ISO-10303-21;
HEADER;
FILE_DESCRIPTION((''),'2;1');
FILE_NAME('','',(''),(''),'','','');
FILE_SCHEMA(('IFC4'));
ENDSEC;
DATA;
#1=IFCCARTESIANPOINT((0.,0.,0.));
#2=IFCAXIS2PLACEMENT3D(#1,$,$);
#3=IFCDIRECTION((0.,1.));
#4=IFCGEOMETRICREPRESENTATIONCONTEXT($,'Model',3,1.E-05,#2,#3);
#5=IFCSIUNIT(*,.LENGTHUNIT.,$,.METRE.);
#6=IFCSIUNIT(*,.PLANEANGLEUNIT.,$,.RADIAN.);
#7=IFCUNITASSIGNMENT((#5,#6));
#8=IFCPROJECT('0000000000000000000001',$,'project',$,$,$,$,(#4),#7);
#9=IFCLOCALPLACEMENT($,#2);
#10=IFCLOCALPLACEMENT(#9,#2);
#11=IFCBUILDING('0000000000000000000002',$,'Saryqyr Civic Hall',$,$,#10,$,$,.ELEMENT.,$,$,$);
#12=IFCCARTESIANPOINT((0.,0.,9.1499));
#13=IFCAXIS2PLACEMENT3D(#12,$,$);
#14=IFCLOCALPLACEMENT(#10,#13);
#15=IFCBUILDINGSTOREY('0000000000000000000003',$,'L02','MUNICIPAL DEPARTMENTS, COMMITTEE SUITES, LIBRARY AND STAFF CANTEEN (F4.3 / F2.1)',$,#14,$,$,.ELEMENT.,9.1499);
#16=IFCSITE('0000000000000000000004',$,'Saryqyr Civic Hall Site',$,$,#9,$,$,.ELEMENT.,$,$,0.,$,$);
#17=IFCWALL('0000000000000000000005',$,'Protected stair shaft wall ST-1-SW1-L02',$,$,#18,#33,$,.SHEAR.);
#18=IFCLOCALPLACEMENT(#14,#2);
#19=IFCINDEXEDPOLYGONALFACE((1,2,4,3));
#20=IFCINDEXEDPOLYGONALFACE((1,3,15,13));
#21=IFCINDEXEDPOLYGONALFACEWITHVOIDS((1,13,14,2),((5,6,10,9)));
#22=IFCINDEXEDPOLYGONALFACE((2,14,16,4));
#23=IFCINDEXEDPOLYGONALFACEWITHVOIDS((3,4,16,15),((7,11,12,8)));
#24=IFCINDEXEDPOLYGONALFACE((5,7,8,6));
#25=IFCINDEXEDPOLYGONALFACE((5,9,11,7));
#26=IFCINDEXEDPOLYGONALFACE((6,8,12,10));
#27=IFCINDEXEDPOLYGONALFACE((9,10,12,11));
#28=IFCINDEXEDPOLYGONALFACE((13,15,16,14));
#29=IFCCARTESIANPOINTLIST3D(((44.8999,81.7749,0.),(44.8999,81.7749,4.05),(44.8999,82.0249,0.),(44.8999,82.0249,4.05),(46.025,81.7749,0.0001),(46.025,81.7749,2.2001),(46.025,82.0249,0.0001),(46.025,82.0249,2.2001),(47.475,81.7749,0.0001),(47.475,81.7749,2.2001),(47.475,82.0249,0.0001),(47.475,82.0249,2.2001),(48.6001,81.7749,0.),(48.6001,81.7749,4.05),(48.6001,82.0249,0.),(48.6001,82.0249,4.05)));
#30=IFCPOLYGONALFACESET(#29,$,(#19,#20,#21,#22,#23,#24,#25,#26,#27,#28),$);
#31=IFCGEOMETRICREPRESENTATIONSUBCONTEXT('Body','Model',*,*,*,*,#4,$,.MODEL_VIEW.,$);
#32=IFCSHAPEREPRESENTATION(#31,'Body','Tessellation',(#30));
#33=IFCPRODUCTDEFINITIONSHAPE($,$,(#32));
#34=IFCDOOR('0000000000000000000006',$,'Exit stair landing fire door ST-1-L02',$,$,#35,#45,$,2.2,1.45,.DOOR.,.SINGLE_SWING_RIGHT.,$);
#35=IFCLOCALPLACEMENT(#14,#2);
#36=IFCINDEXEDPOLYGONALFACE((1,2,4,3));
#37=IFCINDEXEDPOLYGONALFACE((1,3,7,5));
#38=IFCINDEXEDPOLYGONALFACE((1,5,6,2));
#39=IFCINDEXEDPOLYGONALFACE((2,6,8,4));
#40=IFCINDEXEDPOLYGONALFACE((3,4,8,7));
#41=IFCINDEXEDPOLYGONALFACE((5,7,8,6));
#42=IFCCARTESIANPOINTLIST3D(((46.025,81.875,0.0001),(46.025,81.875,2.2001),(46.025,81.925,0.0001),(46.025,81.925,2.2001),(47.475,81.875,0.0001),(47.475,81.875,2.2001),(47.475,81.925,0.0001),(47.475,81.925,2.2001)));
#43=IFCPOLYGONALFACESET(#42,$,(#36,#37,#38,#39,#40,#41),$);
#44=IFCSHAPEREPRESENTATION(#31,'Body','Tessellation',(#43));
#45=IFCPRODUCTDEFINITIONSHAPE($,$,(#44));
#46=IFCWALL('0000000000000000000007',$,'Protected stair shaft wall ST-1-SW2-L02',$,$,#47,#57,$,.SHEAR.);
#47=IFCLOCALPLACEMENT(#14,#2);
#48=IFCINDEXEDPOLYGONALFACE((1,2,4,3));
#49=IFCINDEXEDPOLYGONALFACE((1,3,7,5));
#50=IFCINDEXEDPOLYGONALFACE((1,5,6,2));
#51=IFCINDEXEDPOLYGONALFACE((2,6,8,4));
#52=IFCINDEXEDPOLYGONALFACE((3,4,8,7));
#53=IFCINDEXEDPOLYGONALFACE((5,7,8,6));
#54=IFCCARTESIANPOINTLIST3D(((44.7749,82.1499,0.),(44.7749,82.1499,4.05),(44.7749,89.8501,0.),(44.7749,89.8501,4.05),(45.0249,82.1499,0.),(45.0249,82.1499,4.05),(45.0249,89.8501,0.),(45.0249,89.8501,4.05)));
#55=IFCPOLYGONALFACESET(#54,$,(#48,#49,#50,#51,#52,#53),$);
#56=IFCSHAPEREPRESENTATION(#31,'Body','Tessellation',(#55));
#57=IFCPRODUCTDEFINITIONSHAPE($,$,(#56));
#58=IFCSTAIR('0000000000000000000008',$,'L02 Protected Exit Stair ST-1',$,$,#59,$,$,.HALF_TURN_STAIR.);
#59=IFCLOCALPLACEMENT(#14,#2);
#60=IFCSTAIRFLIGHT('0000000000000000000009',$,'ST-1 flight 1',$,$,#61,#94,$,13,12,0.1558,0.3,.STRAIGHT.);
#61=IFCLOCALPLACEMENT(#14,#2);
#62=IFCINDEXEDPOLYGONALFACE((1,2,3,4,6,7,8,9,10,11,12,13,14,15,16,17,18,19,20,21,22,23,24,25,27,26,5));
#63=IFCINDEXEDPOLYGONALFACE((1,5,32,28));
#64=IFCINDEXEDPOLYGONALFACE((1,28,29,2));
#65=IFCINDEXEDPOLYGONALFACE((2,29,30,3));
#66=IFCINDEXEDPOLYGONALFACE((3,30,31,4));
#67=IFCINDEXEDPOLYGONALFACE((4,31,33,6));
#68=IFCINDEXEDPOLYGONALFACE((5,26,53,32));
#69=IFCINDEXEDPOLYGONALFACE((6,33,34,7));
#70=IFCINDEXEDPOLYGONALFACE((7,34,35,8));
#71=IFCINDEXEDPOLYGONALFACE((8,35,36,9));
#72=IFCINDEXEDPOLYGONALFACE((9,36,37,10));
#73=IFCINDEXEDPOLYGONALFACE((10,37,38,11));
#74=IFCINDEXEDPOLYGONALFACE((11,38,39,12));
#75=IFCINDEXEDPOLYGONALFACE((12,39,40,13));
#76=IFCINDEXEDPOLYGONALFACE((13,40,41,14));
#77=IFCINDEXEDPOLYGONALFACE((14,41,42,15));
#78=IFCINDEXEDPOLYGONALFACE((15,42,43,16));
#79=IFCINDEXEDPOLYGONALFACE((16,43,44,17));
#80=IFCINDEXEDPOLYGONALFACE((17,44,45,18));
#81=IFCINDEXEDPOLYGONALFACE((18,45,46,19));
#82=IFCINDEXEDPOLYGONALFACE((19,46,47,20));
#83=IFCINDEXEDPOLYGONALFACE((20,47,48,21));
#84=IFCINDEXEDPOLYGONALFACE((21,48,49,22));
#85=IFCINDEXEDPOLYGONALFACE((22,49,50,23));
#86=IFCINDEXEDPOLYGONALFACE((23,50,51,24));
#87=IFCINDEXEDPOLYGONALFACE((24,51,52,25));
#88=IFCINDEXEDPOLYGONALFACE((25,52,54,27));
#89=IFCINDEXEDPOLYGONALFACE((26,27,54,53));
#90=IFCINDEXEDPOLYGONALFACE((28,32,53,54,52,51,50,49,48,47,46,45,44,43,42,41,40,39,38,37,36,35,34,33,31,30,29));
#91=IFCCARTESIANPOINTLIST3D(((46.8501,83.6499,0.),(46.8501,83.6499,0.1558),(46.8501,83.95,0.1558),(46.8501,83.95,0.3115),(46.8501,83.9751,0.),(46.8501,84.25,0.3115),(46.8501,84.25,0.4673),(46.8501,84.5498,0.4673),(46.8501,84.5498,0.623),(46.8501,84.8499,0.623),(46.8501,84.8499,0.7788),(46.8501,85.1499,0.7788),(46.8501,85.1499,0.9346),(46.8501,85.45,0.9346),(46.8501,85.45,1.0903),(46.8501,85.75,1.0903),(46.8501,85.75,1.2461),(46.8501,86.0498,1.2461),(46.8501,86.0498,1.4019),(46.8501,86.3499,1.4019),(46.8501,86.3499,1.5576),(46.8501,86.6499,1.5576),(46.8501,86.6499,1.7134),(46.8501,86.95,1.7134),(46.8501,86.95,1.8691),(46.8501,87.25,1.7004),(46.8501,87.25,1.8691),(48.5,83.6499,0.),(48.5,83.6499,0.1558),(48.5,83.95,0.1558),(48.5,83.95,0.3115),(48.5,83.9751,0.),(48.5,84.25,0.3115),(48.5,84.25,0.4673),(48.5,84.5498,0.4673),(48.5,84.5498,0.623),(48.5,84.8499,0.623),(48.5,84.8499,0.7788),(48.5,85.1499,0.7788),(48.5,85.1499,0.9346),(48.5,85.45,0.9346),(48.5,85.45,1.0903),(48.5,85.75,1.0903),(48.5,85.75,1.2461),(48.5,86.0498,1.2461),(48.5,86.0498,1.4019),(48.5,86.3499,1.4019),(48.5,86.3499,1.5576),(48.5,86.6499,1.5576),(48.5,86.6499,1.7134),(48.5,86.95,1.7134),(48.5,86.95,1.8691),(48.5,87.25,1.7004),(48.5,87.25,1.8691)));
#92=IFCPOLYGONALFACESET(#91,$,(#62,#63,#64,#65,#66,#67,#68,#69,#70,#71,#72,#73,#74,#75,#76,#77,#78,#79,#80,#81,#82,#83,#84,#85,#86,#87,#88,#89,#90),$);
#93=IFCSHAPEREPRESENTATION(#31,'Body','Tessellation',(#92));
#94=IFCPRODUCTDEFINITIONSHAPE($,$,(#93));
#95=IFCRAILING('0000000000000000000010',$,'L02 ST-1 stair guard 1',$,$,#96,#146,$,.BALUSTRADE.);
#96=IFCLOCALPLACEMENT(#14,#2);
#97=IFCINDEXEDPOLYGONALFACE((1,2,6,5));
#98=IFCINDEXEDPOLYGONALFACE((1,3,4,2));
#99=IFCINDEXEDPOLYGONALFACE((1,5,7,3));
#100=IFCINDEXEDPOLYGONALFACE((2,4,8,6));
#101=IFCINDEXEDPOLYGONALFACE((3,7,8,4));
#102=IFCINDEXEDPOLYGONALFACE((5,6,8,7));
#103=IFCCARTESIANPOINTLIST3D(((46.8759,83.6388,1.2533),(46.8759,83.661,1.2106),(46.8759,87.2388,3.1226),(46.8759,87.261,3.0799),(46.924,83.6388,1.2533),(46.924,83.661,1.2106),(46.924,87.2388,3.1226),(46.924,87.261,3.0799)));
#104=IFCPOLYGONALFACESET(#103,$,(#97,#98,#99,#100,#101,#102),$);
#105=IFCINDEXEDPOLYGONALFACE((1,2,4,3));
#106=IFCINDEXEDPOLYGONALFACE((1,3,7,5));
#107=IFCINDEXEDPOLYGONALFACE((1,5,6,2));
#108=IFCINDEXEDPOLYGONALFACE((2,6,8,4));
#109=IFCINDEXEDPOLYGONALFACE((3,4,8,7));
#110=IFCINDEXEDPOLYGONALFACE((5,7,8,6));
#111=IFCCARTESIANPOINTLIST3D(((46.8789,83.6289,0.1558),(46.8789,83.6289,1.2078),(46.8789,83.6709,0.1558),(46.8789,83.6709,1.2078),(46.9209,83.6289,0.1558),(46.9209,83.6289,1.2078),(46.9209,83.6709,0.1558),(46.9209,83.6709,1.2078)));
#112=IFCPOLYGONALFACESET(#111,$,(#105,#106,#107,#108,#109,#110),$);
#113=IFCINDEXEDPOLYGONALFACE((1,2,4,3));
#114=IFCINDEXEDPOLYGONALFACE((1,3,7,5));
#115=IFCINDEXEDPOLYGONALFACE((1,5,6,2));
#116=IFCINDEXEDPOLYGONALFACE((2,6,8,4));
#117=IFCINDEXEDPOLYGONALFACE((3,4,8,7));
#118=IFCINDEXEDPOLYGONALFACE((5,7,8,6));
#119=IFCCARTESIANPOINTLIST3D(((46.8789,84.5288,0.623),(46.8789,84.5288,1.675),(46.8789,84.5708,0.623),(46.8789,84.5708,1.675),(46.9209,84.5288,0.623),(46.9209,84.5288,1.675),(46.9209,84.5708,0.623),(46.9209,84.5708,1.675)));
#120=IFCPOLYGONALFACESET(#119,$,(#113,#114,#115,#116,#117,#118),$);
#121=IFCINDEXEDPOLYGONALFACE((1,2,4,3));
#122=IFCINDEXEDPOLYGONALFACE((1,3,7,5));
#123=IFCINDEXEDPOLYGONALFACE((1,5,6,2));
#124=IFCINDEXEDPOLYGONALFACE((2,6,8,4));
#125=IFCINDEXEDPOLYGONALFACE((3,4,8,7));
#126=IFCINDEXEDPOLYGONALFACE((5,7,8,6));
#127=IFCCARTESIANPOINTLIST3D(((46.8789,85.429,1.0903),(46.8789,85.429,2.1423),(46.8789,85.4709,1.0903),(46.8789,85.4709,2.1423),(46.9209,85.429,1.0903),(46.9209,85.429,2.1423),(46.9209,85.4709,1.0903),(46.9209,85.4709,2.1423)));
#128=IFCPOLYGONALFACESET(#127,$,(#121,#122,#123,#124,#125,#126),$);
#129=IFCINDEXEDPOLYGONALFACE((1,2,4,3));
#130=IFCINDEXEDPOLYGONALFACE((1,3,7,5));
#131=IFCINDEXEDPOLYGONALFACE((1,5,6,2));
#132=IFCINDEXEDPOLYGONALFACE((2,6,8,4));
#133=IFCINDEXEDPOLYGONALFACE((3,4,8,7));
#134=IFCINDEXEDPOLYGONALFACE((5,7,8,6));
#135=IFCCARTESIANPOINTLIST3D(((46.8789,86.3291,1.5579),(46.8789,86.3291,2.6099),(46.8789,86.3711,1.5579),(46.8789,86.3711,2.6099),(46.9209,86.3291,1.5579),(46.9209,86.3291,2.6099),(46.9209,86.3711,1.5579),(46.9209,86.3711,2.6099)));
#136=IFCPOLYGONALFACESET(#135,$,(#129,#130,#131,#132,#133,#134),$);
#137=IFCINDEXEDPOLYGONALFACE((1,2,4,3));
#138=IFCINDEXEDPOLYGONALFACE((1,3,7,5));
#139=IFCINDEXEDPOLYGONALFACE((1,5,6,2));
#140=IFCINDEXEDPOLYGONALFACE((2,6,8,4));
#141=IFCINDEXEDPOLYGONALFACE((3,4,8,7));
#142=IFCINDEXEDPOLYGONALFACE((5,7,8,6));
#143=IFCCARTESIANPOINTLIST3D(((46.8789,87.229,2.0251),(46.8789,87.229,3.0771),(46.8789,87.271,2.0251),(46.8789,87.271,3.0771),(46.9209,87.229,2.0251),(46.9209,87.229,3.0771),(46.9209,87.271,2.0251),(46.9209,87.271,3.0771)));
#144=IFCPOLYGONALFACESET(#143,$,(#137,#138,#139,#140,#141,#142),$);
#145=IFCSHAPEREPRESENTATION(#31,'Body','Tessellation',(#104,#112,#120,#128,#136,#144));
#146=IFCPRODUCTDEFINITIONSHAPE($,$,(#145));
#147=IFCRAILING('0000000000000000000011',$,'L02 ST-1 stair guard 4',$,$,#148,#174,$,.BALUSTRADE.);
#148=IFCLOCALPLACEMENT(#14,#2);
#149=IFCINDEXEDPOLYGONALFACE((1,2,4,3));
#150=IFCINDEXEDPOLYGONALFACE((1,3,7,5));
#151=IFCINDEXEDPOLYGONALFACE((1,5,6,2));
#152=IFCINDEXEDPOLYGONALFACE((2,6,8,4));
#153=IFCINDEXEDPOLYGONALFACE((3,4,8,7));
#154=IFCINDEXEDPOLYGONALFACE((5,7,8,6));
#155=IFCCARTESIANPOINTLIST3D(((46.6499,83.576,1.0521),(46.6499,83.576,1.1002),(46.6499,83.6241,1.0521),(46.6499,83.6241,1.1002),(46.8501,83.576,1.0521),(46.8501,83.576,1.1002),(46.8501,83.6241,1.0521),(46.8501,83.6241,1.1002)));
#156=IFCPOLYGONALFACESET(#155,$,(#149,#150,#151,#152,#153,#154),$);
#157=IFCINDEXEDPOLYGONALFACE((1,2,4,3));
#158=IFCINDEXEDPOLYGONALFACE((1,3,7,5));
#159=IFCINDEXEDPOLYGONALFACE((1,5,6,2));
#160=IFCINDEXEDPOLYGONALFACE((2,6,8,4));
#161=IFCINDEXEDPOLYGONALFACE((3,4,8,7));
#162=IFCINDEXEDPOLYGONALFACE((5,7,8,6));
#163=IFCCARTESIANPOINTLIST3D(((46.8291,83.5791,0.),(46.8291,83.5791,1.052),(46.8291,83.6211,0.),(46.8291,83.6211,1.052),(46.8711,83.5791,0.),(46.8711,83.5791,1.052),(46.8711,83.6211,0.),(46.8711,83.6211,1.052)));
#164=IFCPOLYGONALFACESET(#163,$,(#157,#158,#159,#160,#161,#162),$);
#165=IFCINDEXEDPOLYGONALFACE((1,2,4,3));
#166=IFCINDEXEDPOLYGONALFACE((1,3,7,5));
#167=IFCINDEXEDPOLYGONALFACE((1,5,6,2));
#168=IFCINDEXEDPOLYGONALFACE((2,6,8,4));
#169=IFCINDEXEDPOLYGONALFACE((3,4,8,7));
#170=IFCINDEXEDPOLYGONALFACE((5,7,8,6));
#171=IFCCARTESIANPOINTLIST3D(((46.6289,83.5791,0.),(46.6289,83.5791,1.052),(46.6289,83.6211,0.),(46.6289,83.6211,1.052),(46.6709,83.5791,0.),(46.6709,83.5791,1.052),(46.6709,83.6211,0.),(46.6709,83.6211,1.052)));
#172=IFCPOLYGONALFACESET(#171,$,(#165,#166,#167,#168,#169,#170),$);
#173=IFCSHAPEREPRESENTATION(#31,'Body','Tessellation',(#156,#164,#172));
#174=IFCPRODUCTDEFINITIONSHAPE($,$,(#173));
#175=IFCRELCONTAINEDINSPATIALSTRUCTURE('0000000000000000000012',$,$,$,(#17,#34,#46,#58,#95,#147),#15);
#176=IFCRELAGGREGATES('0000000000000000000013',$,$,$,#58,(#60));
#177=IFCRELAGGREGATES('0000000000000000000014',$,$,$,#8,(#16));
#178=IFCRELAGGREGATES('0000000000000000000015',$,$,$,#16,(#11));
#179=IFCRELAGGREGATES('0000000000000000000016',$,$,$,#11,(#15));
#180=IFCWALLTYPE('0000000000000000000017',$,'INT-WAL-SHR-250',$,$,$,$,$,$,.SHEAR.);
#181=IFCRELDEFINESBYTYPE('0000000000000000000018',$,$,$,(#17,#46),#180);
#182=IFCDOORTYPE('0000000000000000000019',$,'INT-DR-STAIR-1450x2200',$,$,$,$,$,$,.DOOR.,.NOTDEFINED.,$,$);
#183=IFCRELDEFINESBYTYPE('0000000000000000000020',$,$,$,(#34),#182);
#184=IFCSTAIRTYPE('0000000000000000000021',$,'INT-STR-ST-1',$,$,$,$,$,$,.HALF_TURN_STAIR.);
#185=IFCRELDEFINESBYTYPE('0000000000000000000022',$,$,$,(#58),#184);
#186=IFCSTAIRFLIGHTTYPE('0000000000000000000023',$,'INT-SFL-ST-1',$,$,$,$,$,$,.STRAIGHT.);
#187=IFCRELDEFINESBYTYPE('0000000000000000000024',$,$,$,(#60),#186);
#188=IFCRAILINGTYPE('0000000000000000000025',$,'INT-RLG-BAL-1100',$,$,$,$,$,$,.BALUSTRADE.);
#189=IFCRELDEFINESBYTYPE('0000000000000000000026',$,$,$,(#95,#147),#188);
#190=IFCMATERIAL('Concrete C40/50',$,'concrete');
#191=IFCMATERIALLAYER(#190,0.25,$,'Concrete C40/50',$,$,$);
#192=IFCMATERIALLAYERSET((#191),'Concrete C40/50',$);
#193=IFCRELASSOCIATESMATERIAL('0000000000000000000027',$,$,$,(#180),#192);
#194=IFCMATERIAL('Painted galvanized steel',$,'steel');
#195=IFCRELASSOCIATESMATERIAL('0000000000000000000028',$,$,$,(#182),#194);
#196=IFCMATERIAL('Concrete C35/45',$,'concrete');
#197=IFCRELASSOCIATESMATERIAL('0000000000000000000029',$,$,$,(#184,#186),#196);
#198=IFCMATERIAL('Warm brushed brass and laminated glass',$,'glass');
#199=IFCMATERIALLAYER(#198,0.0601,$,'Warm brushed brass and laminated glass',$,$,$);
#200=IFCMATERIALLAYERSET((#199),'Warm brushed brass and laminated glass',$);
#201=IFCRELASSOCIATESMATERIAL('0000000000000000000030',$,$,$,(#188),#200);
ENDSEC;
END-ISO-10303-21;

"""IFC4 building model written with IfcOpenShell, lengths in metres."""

from ifc_helpers import new_model, si_unit, direction, frame, frame_2d, origin, origin_2d, place, context, subcontext, project, spatial, polyline, rectangle, outline, extrude, material, layer, layer_set, type_object, element, fill, aggregate, save


model = new_model("IFC4")

# Units and contexts
model_context = context("Model", 3, precision=1e-05, world=origin(), true_north=direction((0.0, 1.0)))
body_context = subcontext(model_context, "Body", "Model", "MODEL_VIEW")
ifc_project = project(units=[si_unit("LENGTHUNIT", "METRE"), si_unit("PLANEANGLEUNIT", "RADIAN")], contexts=[model_context])

# Site, building, storey
site_placement = place(None, origin())
site = spatial("IfcSite", under=ifc_project, at=site_placement, Name="Saryqyr Civic Hall Site", CompositionType="ELEMENT", RefElevation=0.0)
building_placement = place(site_placement, origin())
building = spatial("IfcBuilding", under=site, at=building_placement, Name="Saryqyr Civic Hall", CompositionType="ELEMENT")
storey_placement = place(building_placement, frame((0.0, 0.0, 9.1499)))
storey = spatial("IfcBuildingStorey", under=building, at=storey_placement, Name="L02", Description="MUNICIPAL DEPARTMENTS, COMMITTEE SUITES, LIBRARY AND STAFF CANTEEN (F4.3 / F2.1)", CompositionType="ELEMENT", Elevation=9.1499)

# Shared definitions
ifc_material_1 = material(Name="Concrete C40/50", Category="concrete")

# Shared definitions
ifc_material_2 = material(Name="Concrete C35/45", Category="concrete")

# Shared definitions
ifc_material_3 = material(Name="Painted galvanized steel", Category="steel")

# Wall, opening, door
ifc_layer_1 = layer(ifc_material_1, 0.25, Name="Concrete C40/50")
ifc_layer_set_1 = layer_set([ifc_layer_1], Name="Concrete C40/50")
wall_type_1 = type_object("IfcWallType", Name="INT-WAL-SHR-250", PredefinedType="SHEAR", material=ifc_layer_set_1)
wall_1_placement = place(storey_placement, frame((48.6001, 81.8999, 0.0), z_axis=(0.0, 0.0, 1.0), x_axis=(-1.0, 0.0, 0.0)))
wall_1 = element("IfcWall", 1, at=wall_1_placement, inside=storey, type_object=wall_type_1, Name="Protected stair shaft wall ST-1-SW1-L02", PredefinedType="SHEAR", context=body_context, shape_type="SweptSolid", body=[
    extrude(rectangle(XDim=3.7002, YDim=0.25, at=frame_2d((1.8501, 0.0))), origin(), (0.0, 0.0, 1.0), 4.05),
])
opening_1_placement = place(wall_1_placement, frame((1.125, 0.0, 0.0)))
opening_1 = element("IfcOpeningElement", 2, at=opening_1_placement, cuts=wall_1, PredefinedType="OPENING", context=body_context, shape_type="SweptSolid", body=[
    extrude(rectangle(XDim=1.45, YDim=2.2, at=frame_2d((0.7251, 1.1001))), frame((0.0, 0.135, 0.0), z_axis=(0.0, -1.0, 0.0), x_axis=(1.0, 0.0, 0.0)), (0.0, 0.0, 1.0), 0.27),
])
door_type_1 = type_object("IfcDoorType", Name="INT-DR-STAIR-1450x2200", OperationType="NOTDEFINED", PredefinedType="DOOR", material=ifc_material_3)
door_1_placement = place(opening_1_placement, origin())
door_1 = element("IfcDoor", 3, at=door_1_placement, inside=storey, type_object=door_type_1, Name="Exit stair landing fire door ST-1-L02", OperationType="SINGLE_SWING_RIGHT", OverallHeight=2.2, OverallWidth=1.45, PredefinedType="DOOR", context=body_context, shape_type="SweptSolid", body=[
    extrude(rectangle(XDim=1.45, YDim=2.2, at=frame_2d((0.7251, 1.1001))), frame((0.0, 0.0249, 0.0), z_axis=(0.0, -1.0, 0.0), x_axis=(1.0, 0.0, 0.0)), (0.0, 0.0, 1.0), 0.05),
])
fill(opening_1, door_1)

# Wall
wall_2_placement = place(storey_placement, frame((44.8999, 82.1499, 0.0), z_axis=(0.0, 0.0, 1.0), x_axis=(0.0, 1.0, 0.0)))
element("IfcWall", 4, at=wall_2_placement, inside=storey, type_object=wall_type_1, Name="Protected stair shaft wall ST-1-SW2-L02", PredefinedType="SHEAR", context=body_context, shape_type="SweptSolid", body=[
    extrude(rectangle(XDim=7.7002, YDim=0.25, at=frame_2d((3.8501, 0.0))), origin(), (0.0, 0.0, 1.0), 4.05),
])

# Stair, stair flight
stair_type = type_object("IfcStairType", Name="INT-STR-ST-1", PredefinedType="HALF_TURN_STAIR", material=ifc_material_2)
stair_placement = place(storey_placement, origin())
stair = element("IfcStair", 5, at=stair_placement, inside=storey, type_object=stair_type, Name="L02 Protected Exit Stair ST-1", PredefinedType="HALF_TURN_STAIR")
stair_flight_type = type_object("IfcStairFlightType", Name="INT-SFL-ST-1", PredefinedType="STRAIGHT", material=ifc_material_2)
stair_flight_placement = place(storey_placement, frame((47.675, 83.6499, 0.0), z_axis=(0.0, 0.0, 1.0), x_axis=(0.0, 1.0, 0.0)))
stair_flight = element("IfcStairFlight", 6, at=stair_flight_placement, type_object=stair_flight_type, Name="ST-1 flight 1", NumberOfRisers=13, NumberOfTreads=12, PredefinedType="STRAIGHT", RiserHeight=0.1558, TreadLength=0.3, context=body_context, shape_type="SweptSolid", body=[
    extrude(outline(polyline([(0.0, 0.0), (0.0, 0.1558), (0.3, 0.1558), (0.3, 0.3115), (0.6001, 0.3115), (0.6001, 0.4673), (0.8999, 0.4673), (0.8999, 0.623), (1.2, 0.623), (1.2, 0.7788), (1.5, 0.7788), (1.5, 0.9346), (1.8, 0.9346), (1.8, 1.0903), (2.1001, 1.0903), (2.1001, 1.2461), (2.3999, 1.2461), (2.3999, 1.4019), (2.7, 1.4019), (2.7, 1.5576), (3.0, 1.5576), (3.0, 1.7134), (3.3, 1.7134), (3.3, 1.8691), (3.6001, 1.8691), (3.6001, 2.0249), (3.6001, 1.7004), (0.3252, 0.0), (0.0, 0.0)])), frame((0.0, 0.825, 0.0), z_axis=(0.0, -1.0, 0.0), x_axis=(1.0, 0.0, 0.0)), (0.0, 0.0, 1.0), 1.6499),
])
aggregate(stair, [stair_flight])

# Railings
ifc_material_4 = material(Name="Warm brushed brass and laminated glass", Category="glass")
ifc_layer_2 = layer(ifc_material_4, 0.0601, Name="Warm brushed brass and laminated glass")
ifc_layer_set_2 = layer_set([ifc_layer_2], Name="Warm brushed brass and laminated glass")
railing_type_1 = type_object("IfcRailingType", Name="INT-RLG-BAL-1100", PredefinedType="BALUSTRADE", material=ifc_layer_set_2)
railing_1_placement = place(storey_placement, frame((46.8999, 83.6499, 0.1558)))
element("IfcRailing", 7, at=railing_1_placement, inside=storey, type_object=railing_type_1, Name="L02 ST-1 stair guard 1", PredefinedType="BALUSTRADE", context=body_context, shape_type="SweptSolid", body=[
    extrude(rectangle(XDim=0.0481, YDim=0.0481, at=origin_2d()), frame((0.0, 0.0, 1.0762), z_axis=(0.0, 0.887486, 0.460835), x_axis=(-1.0, 0.0, 0.0)), (0.0, 0.0, 1.0), 4.0564),
    extrude(rectangle(XDim=0.042, YDim=0.042, at=origin_2d()), origin(), (0.0, 0.0, 1.0), 1.052),
    extrude(rectangle(XDim=0.042, YDim=0.042, at=origin_2d()), frame((0.0, 0.8999, 0.4673)), (0.0, 0.0, 1.0), 1.052),
    extrude(rectangle(XDim=0.042, YDim=0.042, at=origin_2d()), frame((0.0, 1.8, 0.9346)), (0.0, 0.0, 1.0), 1.052),
    extrude(rectangle(XDim=0.042, YDim=0.042, at=origin_2d()), frame((0.0, 2.7002, 1.4021)), (0.0, 0.0, 1.0), 1.052),
    extrude(rectangle(XDim=0.042, YDim=0.042, at=origin_2d()), frame((0.0, 3.6001, 1.8694)), (0.0, 0.0, 1.0), 1.052),
])
railing_2_placement = place(storey_placement, frame((46.8501, 83.6001, 0.0)))
element("IfcRailing", 8, at=railing_2_placement, inside=storey, type_object=railing_type_1, Name="L02 ST-1 stair guard 4", PredefinedType="BALUSTRADE", context=body_context, shape_type="SweptSolid", body=[
    extrude(rectangle(XDim=0.0481, YDim=0.0481, at=origin_2d()), frame((0.0, 0.0, 1.0762), z_axis=(-1.0, 0.0, 0.0), x_axis=(0.0, -1.0, 0.0)), (0.0, 0.0, 1.0), 0.2002),
    extrude(rectangle(XDim=0.042, YDim=0.042, at=origin_2d()), origin(), (0.0, 0.0, 1.0), 1.052),
    extrude(rectangle(XDim=0.042, YDim=0.042, at=origin_2d()), frame((-0.2002, 0.0, 0.0)), (0.0, 0.0, 1.0), 1.052),
])

save(model, "model.ifc")
